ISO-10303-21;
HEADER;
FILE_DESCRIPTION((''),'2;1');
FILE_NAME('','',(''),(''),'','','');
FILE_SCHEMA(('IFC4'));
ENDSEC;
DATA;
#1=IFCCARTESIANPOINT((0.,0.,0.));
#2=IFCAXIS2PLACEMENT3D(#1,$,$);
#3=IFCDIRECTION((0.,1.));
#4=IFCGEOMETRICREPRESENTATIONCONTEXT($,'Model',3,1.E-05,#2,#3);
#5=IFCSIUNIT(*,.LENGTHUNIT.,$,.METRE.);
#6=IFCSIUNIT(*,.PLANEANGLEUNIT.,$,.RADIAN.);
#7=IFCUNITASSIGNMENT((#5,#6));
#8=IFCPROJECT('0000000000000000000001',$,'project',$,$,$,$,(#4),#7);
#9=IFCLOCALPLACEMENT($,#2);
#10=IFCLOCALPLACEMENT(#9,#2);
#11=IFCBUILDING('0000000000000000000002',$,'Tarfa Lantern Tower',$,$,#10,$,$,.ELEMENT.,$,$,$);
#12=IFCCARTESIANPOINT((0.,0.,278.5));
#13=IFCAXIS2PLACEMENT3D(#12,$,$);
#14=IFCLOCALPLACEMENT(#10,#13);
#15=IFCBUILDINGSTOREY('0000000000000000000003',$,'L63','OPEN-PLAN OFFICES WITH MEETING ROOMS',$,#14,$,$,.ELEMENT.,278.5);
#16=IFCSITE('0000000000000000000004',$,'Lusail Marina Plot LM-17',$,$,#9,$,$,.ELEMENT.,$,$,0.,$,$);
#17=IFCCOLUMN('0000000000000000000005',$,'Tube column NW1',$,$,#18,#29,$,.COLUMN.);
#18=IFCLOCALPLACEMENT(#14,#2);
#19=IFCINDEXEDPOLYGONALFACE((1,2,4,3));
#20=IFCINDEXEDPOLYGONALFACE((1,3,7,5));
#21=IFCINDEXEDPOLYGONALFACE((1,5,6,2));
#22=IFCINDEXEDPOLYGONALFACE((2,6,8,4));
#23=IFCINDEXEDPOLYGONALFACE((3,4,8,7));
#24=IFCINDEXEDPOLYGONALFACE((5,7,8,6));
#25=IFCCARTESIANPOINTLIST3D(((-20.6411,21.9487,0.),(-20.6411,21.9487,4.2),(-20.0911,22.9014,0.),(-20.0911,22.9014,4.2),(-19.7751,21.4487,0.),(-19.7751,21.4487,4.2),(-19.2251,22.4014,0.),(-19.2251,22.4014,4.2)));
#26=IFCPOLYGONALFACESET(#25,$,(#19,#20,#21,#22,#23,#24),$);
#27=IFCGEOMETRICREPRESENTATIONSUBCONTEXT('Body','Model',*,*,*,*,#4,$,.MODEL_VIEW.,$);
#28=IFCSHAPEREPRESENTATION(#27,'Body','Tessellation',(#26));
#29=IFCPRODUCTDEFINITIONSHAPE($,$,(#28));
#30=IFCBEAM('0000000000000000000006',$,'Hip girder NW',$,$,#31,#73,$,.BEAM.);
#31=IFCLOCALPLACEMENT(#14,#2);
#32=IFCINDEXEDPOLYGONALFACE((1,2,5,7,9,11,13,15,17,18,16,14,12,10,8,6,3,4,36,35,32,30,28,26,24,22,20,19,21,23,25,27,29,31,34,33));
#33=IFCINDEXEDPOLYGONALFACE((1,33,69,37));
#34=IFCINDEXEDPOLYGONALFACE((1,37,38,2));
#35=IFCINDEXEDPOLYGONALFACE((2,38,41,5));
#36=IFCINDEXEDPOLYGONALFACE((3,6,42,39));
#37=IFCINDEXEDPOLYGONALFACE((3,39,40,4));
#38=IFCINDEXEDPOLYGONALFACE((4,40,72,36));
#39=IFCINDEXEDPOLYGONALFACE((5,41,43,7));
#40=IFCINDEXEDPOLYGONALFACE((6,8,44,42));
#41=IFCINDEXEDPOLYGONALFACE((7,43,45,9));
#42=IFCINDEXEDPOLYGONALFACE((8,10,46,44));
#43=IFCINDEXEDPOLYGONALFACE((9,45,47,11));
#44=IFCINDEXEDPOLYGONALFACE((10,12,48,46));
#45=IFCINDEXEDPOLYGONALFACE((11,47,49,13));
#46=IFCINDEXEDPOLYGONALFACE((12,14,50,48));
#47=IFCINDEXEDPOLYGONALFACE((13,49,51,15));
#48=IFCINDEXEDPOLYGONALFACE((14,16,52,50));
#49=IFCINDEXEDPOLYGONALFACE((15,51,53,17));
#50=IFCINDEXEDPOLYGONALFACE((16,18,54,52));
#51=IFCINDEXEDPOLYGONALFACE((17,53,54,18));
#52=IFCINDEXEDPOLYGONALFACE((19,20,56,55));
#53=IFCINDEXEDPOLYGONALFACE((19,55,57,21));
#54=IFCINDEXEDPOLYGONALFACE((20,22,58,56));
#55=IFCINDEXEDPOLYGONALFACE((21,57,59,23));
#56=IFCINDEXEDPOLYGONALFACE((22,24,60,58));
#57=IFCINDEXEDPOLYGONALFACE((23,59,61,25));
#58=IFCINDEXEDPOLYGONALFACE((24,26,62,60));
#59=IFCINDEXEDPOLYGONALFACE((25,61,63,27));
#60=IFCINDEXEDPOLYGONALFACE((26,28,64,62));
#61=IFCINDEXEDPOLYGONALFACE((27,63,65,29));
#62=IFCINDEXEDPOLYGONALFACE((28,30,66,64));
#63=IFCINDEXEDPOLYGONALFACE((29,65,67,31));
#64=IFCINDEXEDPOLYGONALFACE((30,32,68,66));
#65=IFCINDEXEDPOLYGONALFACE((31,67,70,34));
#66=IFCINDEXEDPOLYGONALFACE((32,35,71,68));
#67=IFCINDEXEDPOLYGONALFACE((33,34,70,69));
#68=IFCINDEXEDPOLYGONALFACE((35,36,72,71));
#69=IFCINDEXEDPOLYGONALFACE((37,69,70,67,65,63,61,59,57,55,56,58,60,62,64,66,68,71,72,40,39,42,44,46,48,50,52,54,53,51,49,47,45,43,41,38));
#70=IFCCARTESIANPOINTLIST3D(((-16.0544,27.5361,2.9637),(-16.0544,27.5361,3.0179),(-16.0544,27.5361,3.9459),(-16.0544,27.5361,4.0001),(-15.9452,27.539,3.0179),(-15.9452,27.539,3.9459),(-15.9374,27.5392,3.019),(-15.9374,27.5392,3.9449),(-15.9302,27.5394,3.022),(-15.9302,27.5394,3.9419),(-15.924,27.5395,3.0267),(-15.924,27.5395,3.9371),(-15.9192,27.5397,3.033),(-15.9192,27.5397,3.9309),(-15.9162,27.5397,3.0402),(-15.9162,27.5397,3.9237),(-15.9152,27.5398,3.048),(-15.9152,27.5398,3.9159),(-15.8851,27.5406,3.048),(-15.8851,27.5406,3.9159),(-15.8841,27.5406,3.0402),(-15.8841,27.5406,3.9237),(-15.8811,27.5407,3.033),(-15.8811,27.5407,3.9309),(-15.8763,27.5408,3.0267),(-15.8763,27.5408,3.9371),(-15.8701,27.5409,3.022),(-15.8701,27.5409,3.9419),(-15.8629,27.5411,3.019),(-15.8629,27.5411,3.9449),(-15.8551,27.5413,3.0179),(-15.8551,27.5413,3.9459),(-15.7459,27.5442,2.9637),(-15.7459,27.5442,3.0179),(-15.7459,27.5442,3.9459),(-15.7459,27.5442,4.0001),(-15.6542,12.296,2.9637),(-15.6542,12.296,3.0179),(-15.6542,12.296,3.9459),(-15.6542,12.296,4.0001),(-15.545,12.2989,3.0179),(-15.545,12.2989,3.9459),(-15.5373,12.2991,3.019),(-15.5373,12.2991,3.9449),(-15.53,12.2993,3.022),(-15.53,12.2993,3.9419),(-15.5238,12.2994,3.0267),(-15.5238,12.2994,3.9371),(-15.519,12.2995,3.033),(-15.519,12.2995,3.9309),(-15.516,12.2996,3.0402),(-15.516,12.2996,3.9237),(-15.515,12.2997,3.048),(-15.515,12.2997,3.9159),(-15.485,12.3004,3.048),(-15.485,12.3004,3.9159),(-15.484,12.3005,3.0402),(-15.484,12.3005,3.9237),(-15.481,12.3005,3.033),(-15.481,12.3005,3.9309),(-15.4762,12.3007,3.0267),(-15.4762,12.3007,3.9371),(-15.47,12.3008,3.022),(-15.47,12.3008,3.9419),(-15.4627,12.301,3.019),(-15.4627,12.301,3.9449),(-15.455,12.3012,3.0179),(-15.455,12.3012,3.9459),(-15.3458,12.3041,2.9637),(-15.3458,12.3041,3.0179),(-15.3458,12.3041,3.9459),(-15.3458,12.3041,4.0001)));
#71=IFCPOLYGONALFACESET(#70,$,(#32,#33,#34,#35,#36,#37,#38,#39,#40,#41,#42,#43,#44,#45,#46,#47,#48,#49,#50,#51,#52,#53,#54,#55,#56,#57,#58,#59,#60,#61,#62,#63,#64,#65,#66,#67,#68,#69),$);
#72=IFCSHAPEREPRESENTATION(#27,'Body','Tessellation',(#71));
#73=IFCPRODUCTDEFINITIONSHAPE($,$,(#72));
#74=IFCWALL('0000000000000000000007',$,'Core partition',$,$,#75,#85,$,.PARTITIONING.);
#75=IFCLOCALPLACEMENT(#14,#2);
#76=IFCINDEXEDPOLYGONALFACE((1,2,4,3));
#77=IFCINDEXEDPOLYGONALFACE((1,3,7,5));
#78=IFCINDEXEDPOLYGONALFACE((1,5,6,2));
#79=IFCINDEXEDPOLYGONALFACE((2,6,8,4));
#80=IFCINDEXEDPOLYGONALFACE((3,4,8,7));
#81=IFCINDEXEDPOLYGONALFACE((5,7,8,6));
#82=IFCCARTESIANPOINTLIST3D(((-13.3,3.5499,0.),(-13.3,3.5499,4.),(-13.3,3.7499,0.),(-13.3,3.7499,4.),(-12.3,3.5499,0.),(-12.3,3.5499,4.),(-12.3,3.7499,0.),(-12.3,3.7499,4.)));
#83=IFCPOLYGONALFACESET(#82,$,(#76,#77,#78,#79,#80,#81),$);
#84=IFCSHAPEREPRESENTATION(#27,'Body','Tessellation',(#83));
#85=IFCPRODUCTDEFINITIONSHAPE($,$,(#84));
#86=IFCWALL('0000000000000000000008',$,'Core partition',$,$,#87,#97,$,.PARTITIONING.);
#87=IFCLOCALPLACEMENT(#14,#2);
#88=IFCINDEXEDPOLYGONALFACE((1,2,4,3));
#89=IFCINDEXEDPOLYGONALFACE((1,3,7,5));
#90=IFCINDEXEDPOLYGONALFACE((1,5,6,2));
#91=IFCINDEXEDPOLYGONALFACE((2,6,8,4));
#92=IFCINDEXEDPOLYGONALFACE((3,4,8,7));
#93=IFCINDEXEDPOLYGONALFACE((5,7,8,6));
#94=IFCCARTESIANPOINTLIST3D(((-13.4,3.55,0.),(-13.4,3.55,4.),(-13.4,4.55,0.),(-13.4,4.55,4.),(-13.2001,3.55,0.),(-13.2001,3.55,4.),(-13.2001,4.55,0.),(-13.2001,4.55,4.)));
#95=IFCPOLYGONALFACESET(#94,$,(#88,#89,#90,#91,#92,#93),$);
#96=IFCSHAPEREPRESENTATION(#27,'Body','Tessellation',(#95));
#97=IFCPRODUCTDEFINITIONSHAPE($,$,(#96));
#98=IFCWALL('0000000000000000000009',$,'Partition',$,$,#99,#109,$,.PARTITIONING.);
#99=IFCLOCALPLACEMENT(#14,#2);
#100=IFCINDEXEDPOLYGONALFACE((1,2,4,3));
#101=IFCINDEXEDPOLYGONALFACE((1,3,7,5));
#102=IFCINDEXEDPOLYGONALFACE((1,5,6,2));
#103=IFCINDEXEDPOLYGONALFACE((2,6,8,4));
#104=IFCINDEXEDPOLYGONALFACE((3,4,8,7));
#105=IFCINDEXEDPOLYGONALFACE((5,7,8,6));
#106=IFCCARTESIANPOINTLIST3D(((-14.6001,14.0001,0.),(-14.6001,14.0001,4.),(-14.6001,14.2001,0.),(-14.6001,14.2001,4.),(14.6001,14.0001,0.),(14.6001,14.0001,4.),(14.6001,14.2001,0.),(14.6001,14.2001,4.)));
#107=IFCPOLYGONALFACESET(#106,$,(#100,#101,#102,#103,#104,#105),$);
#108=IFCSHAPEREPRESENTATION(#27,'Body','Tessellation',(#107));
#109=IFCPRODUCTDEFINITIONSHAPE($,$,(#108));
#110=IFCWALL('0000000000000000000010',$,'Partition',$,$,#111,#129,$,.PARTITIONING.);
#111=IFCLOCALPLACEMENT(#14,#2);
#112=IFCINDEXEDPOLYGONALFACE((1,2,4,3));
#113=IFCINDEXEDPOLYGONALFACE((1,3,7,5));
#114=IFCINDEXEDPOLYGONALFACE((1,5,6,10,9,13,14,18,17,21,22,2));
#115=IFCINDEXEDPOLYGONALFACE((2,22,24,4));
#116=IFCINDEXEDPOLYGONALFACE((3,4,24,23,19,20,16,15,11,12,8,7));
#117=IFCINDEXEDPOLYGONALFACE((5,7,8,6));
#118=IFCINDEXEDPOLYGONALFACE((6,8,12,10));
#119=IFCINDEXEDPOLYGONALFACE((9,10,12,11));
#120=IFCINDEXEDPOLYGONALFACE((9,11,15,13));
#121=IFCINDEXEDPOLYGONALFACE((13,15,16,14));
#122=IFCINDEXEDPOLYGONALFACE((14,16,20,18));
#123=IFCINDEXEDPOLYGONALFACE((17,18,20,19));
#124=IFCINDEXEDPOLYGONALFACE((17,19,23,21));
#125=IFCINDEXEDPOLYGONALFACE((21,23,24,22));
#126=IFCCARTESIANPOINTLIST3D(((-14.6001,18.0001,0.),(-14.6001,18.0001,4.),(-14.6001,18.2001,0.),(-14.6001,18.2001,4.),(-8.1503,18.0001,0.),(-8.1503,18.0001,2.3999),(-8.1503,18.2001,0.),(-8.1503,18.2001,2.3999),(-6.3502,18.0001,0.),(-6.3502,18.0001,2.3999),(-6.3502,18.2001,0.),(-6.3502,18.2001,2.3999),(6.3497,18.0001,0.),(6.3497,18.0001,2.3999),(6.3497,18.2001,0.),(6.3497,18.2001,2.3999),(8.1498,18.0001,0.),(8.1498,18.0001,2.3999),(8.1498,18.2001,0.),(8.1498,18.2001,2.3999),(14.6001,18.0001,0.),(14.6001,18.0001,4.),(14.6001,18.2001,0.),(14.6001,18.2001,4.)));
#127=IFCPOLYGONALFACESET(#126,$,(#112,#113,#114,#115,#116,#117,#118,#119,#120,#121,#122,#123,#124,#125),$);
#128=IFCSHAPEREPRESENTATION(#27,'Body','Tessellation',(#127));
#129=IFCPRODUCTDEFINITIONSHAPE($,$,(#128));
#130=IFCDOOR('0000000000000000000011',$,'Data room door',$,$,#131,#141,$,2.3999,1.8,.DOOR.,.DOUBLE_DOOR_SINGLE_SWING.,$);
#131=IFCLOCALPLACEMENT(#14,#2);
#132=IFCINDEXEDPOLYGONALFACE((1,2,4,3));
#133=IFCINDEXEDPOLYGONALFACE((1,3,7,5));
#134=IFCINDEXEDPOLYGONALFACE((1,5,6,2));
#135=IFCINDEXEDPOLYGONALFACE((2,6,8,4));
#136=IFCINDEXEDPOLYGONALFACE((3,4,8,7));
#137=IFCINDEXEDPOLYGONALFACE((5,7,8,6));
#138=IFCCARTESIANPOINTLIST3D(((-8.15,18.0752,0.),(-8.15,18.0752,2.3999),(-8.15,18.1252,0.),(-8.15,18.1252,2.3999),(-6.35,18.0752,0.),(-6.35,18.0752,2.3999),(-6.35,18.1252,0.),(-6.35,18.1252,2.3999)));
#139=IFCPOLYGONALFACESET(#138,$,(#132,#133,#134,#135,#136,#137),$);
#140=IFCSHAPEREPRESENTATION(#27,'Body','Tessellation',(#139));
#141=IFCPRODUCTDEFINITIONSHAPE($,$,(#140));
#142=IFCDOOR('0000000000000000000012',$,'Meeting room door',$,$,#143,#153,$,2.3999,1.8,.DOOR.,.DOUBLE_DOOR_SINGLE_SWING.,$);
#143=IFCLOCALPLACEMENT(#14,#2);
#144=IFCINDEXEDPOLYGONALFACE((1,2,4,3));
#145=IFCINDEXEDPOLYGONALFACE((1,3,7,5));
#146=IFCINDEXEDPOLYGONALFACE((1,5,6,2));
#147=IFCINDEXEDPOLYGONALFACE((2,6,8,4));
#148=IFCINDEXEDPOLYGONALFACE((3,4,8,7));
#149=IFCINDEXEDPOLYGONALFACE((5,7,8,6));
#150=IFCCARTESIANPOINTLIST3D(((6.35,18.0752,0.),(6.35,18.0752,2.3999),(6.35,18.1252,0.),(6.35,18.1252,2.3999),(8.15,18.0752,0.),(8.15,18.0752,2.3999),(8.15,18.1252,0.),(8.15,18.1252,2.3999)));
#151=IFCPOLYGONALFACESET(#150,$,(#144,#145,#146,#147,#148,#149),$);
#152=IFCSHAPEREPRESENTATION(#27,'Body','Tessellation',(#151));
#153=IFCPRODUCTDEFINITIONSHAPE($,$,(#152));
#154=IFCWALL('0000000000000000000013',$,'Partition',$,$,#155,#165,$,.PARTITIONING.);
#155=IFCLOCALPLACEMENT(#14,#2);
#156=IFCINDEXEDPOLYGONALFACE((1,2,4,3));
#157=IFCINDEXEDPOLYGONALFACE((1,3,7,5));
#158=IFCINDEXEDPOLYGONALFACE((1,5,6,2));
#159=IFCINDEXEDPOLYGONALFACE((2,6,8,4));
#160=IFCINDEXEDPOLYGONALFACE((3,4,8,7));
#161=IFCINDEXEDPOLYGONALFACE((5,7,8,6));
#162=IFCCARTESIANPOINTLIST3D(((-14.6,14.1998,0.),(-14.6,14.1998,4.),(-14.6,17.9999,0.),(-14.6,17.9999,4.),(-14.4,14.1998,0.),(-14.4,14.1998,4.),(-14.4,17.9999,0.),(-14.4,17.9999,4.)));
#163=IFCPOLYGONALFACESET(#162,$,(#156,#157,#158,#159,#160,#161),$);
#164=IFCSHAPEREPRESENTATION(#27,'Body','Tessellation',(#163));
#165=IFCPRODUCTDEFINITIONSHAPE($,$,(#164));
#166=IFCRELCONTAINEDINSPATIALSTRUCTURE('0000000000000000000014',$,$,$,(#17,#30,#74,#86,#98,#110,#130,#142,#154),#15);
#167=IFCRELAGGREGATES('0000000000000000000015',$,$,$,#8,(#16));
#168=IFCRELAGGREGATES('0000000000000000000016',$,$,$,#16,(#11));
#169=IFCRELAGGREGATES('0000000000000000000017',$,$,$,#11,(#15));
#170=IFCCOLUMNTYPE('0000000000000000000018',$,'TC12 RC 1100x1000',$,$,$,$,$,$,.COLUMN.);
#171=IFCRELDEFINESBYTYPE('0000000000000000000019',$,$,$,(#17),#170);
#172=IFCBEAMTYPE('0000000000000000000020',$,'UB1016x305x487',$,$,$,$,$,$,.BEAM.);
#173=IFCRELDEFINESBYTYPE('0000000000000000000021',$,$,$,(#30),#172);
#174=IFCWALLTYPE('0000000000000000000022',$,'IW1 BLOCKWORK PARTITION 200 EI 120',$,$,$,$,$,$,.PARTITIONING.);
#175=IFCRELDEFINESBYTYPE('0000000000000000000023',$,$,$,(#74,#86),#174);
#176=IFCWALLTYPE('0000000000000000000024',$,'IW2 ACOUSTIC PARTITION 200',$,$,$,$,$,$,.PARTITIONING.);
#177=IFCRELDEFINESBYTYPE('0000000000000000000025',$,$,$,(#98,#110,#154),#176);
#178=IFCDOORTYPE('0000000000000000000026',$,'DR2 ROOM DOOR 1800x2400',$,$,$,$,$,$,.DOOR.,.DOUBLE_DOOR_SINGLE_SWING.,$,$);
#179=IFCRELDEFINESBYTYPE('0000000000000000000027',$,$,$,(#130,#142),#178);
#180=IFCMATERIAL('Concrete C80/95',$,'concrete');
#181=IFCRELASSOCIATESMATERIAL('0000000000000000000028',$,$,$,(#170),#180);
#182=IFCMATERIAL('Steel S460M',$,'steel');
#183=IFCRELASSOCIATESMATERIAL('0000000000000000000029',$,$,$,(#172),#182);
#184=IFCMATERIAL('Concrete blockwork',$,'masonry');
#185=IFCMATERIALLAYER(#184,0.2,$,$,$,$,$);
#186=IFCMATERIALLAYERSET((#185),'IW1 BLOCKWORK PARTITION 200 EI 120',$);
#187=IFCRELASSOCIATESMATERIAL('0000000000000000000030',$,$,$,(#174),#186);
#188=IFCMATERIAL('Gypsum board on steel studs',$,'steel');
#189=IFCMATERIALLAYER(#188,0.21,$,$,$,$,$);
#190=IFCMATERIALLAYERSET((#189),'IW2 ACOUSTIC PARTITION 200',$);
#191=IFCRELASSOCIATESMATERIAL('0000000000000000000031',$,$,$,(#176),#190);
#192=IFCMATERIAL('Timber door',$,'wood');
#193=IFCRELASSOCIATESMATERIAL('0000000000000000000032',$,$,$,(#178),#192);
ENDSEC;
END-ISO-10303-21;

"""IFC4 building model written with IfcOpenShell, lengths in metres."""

from ifc_helpers import new_model, si_unit, direction, frame, frame_2d, origin, origin_2d, place, context, subcontext, project, spatial, rectangle, i_section, extrude, material, layer, layer_set, material_profile, profile_set, type_object, element, fill, save


model = new_model("IFC4")

# Units and contexts
model_context = context("Model", 3, precision=1e-05, world=origin(), true_north=direction((0.0, 1.0)))
body_context = subcontext(model_context, "Body", "Model", "MODEL_VIEW")
ifc_project = project(units=[si_unit("LENGTHUNIT", "METRE"), si_unit("PLANEANGLEUNIT", "RADIAN")], contexts=[model_context])

# Site, building, storey
site_placement = place(None, origin())
site = spatial("IfcSite", under=ifc_project, at=site_placement, Name="Lusail Marina Plot LM-17", CompositionType="ELEMENT", RefElevation=0.0)
building_placement = place(site_placement, origin())
building = spatial("IfcBuilding", under=site, at=building_placement, Name="Tarfa Lantern Tower", CompositionType="ELEMENT")
storey_placement = place(building_placement, frame((0.0, 0.0, 278.5)))
storey = spatial("IfcBuildingStorey", under=building, at=storey_placement, Name="L63", Description="OPEN-PLAN OFFICES WITH MEETING ROOMS", CompositionType="ELEMENT", Elevation=278.5)

# Column
ifc_material_1 = material(Name="Concrete C80/95", Category="concrete")
ifc_material_profile_1 = material_profile(ifc_material_1, rectangle(XDim=1.1001, YDim=1.0, at=origin_2d()), Name="RC 1100x1000")
ifc_profile_set_1 = profile_set([ifc_material_profile_1], Name="Concrete C80/95")
column_type = type_object("IfcColumnType", Name="TC12 RC 1100x1000", PredefinedType="COLUMN", material=ifc_profile_set_1)
column_placement = place(storey_placement, frame((-19.9331, 22.175, 0.0), z_axis=(0.0, 0.0, 1.0), x_axis=(-0.5, -0.866025, 0.0)))
element("IfcColumn", 1, at=column_placement, inside=storey, type_object=column_type, Name="Tube column NW1", PredefinedType="COLUMN", context=body_context, shape_type="SweptSolid", body=[
    extrude(rectangle(XDim=1.1001, YDim=1.0, at=origin_2d()), origin(), (0.0, 0.0, 1.0), 4.2),
])

# Beam
ifc_material_2 = material(Name="Steel S460M", Category="steel")
ifc_material_profile_2 = material_profile(ifc_material_2, i_section(OverallWidth=0.3086, OverallDepth=1.0364, WebThickness=0.03, FlangeThickness=0.0542, FilletRadius=0.03, at=origin_2d()), Name="UB1016x305x487")
ifc_profile_set_2 = profile_set([ifc_material_profile_2], Name="Steel S460M")
beam_type = type_object("IfcBeamType", Name="UB1016x305x487", PredefinedType="BEAM", material=ifc_profile_set_2)
beam_placement = place(storey_placement, frame((-15.5, 12.3, 3.4819), z_axis=(-0.026247, 0.999655, 0.0), x_axis=(-0.999655, -0.026247, 0.0)))
element("IfcBeam", 2, at=beam_placement, inside=storey, type_object=beam_type, Name="Hip girder NW", PredefinedType="BEAM", context=body_context, shape_type="SweptSolid", body=[
    extrude(i_section(OverallWidth=0.3086, OverallDepth=1.0364, WebThickness=0.03, FlangeThickness=0.0542, FilletRadius=0.03, at=origin_2d()), origin(), (0.0, 0.0, 1.0), 15.2454),
])

# Walls
ifc_material_3 = material(Name="Concrete blockwork", Category="masonry")
ifc_layer_1 = layer(ifc_material_3, 0.2)
ifc_layer_set_1 = layer_set([ifc_layer_1], Name="IW1 BLOCKWORK PARTITION 200 EI 120")
wall_type_1 = type_object("IfcWallType", Name="IW1 BLOCKWORK PARTITION 200 EI 120", PredefinedType="PARTITIONING", material=ifc_layer_set_1)
for number, where, z_axis, x_axis, name in (
    (3, (-13.3, 3.6499, 0.0), (0.0, 0.0, 1.0), (1.0, 0.0, 0.0), "Core partition"),
    (4, (-13.3, 3.55, 0.0), (0.0, 0.0, 1.0), (0.0, 1.0, 0.0), "Core partition"),
):
    element("IfcWall", number, at=place(storey_placement, frame(where, z_axis=z_axis, x_axis=x_axis)), inside=storey, type_object=wall_type_1, Name=name, PredefinedType="PARTITIONING", context=body_context, shape_type="SweptSolid", body=[
        extrude(rectangle(XDim=1.0, YDim=0.2, at=frame_2d((0.5, 0.0))), origin(), (0.0, 0.0, 1.0), 4.0),
    ])
ifc_material_4 = material(Name="Gypsum board on steel studs", Category="steel")
ifc_layer_2 = layer(ifc_material_4, 0.21)
ifc_layer_set_2 = layer_set([ifc_layer_2], Name="IW2 ACOUSTIC PARTITION 200")
wall_type_2 = type_object("IfcWallType", Name="IW2 ACOUSTIC PARTITION 200", PredefinedType="PARTITIONING", material=ifc_layer_set_2)
wall_1_placement = place(storey_placement, frame((-14.6001, 14.1001, 0.0), z_axis=(0.0, 0.0, 1.0), x_axis=(1.0, 0.0, 0.0)))
element("IfcWall", 5, at=wall_1_placement, inside=storey, type_object=wall_type_2, Name="Partition", PredefinedType="PARTITIONING", context=body_context, shape_type="SweptSolid", body=[
    extrude(rectangle(XDim=29.2002, YDim=0.2, at=frame_2d((14.6001, 0.0))), origin(), (0.0, 0.0, 1.0), 4.0),
])

# Wall, openings, doors
wall_2_placement = place(storey_placement, frame((-14.6001, 18.1001, 0.0), z_axis=(0.0, 0.0, 1.0), x_axis=(1.0, 0.0, 0.0)))
wall_2 = element("IfcWall", 6, at=wall_2_placement, inside=storey, type_object=wall_type_2, Name="Partition", PredefinedType="PARTITIONING", context=body_context, shape_type="SweptSolid", body=[
    extrude(rectangle(XDim=29.2002, YDim=0.2, at=frame_2d((14.6001, 0.0))), origin(), (0.0, 0.0, 1.0), 4.0),
])
opening_1_placement = place(wall_2_placement, frame((6.45, 0.0, 0.0)))
opening_1 = element("IfcOpeningElement", 7, at=opening_1_placement, cuts=wall_2, PredefinedType="OPENING", context=body_context, shape_type="SweptSolid", body=[
    extrude(rectangle(XDim=1.8, YDim=2.3999, at=frame_2d((0.8999, 1.2))), frame((0.0, 0.1099, 0.0), z_axis=(0.0, -1.0, 0.0), x_axis=(1.0, 0.0, 0.0)), (0.0, 0.0, 1.0), 0.22),
])
opening_2_placement = place(wall_2_placement, frame((20.95, 0.0, 0.0)))
opening_2 = element("IfcOpeningElement", 8, at=opening_2_placement, cuts=wall_2, PredefinedType="OPENING", context=body_context, shape_type="SweptSolid", body=[
    extrude(rectangle(XDim=1.8, YDim=2.3999, at=frame_2d((0.8999, 1.2))), frame((0.0, 0.1099, 0.0), z_axis=(0.0, -1.0, 0.0), x_axis=(1.0, 0.0, 0.0)), (0.0, 0.0, 1.0), 0.22),
])
ifc_material_5 = material(Name="Timber door", Category="wood")
door_type_1 = type_object("IfcDoorType", Name="DR2 ROOM DOOR 1800x2400", OperationType="DOUBLE_DOOR_SINGLE_SWING", PredefinedType="DOOR", material=ifc_material_5)
door_1_placement = place(opening_1_placement, frame((1.8, 0.0, 0.0), z_axis=(0.0, 0.0, 1.0), x_axis=(-1.0, 0.0, 0.0)))
door_1 = element("IfcDoor", 9, at=door_1_placement, inside=storey, type_object=door_type_1, Name="Data room door", OperationType="DOUBLE_DOOR_SINGLE_SWING", OverallHeight=2.3999, OverallWidth=1.8, PredefinedType="DOOR", context=body_context, shape_type="SweptSolid", body=[
    extrude(rectangle(XDim=1.8, YDim=2.3999, at=frame_2d((0.8999, 1.2))), frame((0.0, 0.0249, 0.0), z_axis=(0.0, -1.0, 0.0), x_axis=(1.0, 0.0, 0.0)), (0.0, 0.0, 1.0), 0.05),
])
fill(opening_1, door_1)
door_2_placement = place(opening_2_placement, frame((1.8, 0.0, 0.0), z_axis=(0.0, 0.0, 1.0), x_axis=(-1.0, 0.0, 0.0)))
door_2 = element("IfcDoor", 10, at=door_2_placement, inside=storey, type_object=door_type_1, Name="Meeting room door", OperationType="DOUBLE_DOOR_SINGLE_SWING", OverallHeight=2.3999, OverallWidth=1.8, PredefinedType="DOOR", context=body_context, shape_type="SweptSolid", body=[
    extrude(rectangle(XDim=1.8, YDim=2.3999, at=frame_2d((0.8999, 1.2))), frame((0.0, 0.0249, 0.0), z_axis=(0.0, -1.0, 0.0), x_axis=(1.0, 0.0, 0.0)), (0.0, 0.0, 1.0), 0.05),
])
fill(opening_2, door_2)

# Wall
wall_3_placement = place(storey_placement, frame((-14.5, 14.2, 0.0), z_axis=(0.0, 0.0, 1.0), x_axis=(0.0, 1.0, 0.0)))
element("IfcWall", 11, at=wall_3_placement, inside=storey, type_object=wall_type_2, Name="Partition", PredefinedType="PARTITIONING", context=body_context, shape_type="SweptSolid", body=[
    extrude(rectangle(XDim=3.8, YDim=0.2, at=frame_2d((1.8999, 0.0))), origin(), (0.0, 0.0, 1.0), 4.0),
])

save(model, "model.ifc")
